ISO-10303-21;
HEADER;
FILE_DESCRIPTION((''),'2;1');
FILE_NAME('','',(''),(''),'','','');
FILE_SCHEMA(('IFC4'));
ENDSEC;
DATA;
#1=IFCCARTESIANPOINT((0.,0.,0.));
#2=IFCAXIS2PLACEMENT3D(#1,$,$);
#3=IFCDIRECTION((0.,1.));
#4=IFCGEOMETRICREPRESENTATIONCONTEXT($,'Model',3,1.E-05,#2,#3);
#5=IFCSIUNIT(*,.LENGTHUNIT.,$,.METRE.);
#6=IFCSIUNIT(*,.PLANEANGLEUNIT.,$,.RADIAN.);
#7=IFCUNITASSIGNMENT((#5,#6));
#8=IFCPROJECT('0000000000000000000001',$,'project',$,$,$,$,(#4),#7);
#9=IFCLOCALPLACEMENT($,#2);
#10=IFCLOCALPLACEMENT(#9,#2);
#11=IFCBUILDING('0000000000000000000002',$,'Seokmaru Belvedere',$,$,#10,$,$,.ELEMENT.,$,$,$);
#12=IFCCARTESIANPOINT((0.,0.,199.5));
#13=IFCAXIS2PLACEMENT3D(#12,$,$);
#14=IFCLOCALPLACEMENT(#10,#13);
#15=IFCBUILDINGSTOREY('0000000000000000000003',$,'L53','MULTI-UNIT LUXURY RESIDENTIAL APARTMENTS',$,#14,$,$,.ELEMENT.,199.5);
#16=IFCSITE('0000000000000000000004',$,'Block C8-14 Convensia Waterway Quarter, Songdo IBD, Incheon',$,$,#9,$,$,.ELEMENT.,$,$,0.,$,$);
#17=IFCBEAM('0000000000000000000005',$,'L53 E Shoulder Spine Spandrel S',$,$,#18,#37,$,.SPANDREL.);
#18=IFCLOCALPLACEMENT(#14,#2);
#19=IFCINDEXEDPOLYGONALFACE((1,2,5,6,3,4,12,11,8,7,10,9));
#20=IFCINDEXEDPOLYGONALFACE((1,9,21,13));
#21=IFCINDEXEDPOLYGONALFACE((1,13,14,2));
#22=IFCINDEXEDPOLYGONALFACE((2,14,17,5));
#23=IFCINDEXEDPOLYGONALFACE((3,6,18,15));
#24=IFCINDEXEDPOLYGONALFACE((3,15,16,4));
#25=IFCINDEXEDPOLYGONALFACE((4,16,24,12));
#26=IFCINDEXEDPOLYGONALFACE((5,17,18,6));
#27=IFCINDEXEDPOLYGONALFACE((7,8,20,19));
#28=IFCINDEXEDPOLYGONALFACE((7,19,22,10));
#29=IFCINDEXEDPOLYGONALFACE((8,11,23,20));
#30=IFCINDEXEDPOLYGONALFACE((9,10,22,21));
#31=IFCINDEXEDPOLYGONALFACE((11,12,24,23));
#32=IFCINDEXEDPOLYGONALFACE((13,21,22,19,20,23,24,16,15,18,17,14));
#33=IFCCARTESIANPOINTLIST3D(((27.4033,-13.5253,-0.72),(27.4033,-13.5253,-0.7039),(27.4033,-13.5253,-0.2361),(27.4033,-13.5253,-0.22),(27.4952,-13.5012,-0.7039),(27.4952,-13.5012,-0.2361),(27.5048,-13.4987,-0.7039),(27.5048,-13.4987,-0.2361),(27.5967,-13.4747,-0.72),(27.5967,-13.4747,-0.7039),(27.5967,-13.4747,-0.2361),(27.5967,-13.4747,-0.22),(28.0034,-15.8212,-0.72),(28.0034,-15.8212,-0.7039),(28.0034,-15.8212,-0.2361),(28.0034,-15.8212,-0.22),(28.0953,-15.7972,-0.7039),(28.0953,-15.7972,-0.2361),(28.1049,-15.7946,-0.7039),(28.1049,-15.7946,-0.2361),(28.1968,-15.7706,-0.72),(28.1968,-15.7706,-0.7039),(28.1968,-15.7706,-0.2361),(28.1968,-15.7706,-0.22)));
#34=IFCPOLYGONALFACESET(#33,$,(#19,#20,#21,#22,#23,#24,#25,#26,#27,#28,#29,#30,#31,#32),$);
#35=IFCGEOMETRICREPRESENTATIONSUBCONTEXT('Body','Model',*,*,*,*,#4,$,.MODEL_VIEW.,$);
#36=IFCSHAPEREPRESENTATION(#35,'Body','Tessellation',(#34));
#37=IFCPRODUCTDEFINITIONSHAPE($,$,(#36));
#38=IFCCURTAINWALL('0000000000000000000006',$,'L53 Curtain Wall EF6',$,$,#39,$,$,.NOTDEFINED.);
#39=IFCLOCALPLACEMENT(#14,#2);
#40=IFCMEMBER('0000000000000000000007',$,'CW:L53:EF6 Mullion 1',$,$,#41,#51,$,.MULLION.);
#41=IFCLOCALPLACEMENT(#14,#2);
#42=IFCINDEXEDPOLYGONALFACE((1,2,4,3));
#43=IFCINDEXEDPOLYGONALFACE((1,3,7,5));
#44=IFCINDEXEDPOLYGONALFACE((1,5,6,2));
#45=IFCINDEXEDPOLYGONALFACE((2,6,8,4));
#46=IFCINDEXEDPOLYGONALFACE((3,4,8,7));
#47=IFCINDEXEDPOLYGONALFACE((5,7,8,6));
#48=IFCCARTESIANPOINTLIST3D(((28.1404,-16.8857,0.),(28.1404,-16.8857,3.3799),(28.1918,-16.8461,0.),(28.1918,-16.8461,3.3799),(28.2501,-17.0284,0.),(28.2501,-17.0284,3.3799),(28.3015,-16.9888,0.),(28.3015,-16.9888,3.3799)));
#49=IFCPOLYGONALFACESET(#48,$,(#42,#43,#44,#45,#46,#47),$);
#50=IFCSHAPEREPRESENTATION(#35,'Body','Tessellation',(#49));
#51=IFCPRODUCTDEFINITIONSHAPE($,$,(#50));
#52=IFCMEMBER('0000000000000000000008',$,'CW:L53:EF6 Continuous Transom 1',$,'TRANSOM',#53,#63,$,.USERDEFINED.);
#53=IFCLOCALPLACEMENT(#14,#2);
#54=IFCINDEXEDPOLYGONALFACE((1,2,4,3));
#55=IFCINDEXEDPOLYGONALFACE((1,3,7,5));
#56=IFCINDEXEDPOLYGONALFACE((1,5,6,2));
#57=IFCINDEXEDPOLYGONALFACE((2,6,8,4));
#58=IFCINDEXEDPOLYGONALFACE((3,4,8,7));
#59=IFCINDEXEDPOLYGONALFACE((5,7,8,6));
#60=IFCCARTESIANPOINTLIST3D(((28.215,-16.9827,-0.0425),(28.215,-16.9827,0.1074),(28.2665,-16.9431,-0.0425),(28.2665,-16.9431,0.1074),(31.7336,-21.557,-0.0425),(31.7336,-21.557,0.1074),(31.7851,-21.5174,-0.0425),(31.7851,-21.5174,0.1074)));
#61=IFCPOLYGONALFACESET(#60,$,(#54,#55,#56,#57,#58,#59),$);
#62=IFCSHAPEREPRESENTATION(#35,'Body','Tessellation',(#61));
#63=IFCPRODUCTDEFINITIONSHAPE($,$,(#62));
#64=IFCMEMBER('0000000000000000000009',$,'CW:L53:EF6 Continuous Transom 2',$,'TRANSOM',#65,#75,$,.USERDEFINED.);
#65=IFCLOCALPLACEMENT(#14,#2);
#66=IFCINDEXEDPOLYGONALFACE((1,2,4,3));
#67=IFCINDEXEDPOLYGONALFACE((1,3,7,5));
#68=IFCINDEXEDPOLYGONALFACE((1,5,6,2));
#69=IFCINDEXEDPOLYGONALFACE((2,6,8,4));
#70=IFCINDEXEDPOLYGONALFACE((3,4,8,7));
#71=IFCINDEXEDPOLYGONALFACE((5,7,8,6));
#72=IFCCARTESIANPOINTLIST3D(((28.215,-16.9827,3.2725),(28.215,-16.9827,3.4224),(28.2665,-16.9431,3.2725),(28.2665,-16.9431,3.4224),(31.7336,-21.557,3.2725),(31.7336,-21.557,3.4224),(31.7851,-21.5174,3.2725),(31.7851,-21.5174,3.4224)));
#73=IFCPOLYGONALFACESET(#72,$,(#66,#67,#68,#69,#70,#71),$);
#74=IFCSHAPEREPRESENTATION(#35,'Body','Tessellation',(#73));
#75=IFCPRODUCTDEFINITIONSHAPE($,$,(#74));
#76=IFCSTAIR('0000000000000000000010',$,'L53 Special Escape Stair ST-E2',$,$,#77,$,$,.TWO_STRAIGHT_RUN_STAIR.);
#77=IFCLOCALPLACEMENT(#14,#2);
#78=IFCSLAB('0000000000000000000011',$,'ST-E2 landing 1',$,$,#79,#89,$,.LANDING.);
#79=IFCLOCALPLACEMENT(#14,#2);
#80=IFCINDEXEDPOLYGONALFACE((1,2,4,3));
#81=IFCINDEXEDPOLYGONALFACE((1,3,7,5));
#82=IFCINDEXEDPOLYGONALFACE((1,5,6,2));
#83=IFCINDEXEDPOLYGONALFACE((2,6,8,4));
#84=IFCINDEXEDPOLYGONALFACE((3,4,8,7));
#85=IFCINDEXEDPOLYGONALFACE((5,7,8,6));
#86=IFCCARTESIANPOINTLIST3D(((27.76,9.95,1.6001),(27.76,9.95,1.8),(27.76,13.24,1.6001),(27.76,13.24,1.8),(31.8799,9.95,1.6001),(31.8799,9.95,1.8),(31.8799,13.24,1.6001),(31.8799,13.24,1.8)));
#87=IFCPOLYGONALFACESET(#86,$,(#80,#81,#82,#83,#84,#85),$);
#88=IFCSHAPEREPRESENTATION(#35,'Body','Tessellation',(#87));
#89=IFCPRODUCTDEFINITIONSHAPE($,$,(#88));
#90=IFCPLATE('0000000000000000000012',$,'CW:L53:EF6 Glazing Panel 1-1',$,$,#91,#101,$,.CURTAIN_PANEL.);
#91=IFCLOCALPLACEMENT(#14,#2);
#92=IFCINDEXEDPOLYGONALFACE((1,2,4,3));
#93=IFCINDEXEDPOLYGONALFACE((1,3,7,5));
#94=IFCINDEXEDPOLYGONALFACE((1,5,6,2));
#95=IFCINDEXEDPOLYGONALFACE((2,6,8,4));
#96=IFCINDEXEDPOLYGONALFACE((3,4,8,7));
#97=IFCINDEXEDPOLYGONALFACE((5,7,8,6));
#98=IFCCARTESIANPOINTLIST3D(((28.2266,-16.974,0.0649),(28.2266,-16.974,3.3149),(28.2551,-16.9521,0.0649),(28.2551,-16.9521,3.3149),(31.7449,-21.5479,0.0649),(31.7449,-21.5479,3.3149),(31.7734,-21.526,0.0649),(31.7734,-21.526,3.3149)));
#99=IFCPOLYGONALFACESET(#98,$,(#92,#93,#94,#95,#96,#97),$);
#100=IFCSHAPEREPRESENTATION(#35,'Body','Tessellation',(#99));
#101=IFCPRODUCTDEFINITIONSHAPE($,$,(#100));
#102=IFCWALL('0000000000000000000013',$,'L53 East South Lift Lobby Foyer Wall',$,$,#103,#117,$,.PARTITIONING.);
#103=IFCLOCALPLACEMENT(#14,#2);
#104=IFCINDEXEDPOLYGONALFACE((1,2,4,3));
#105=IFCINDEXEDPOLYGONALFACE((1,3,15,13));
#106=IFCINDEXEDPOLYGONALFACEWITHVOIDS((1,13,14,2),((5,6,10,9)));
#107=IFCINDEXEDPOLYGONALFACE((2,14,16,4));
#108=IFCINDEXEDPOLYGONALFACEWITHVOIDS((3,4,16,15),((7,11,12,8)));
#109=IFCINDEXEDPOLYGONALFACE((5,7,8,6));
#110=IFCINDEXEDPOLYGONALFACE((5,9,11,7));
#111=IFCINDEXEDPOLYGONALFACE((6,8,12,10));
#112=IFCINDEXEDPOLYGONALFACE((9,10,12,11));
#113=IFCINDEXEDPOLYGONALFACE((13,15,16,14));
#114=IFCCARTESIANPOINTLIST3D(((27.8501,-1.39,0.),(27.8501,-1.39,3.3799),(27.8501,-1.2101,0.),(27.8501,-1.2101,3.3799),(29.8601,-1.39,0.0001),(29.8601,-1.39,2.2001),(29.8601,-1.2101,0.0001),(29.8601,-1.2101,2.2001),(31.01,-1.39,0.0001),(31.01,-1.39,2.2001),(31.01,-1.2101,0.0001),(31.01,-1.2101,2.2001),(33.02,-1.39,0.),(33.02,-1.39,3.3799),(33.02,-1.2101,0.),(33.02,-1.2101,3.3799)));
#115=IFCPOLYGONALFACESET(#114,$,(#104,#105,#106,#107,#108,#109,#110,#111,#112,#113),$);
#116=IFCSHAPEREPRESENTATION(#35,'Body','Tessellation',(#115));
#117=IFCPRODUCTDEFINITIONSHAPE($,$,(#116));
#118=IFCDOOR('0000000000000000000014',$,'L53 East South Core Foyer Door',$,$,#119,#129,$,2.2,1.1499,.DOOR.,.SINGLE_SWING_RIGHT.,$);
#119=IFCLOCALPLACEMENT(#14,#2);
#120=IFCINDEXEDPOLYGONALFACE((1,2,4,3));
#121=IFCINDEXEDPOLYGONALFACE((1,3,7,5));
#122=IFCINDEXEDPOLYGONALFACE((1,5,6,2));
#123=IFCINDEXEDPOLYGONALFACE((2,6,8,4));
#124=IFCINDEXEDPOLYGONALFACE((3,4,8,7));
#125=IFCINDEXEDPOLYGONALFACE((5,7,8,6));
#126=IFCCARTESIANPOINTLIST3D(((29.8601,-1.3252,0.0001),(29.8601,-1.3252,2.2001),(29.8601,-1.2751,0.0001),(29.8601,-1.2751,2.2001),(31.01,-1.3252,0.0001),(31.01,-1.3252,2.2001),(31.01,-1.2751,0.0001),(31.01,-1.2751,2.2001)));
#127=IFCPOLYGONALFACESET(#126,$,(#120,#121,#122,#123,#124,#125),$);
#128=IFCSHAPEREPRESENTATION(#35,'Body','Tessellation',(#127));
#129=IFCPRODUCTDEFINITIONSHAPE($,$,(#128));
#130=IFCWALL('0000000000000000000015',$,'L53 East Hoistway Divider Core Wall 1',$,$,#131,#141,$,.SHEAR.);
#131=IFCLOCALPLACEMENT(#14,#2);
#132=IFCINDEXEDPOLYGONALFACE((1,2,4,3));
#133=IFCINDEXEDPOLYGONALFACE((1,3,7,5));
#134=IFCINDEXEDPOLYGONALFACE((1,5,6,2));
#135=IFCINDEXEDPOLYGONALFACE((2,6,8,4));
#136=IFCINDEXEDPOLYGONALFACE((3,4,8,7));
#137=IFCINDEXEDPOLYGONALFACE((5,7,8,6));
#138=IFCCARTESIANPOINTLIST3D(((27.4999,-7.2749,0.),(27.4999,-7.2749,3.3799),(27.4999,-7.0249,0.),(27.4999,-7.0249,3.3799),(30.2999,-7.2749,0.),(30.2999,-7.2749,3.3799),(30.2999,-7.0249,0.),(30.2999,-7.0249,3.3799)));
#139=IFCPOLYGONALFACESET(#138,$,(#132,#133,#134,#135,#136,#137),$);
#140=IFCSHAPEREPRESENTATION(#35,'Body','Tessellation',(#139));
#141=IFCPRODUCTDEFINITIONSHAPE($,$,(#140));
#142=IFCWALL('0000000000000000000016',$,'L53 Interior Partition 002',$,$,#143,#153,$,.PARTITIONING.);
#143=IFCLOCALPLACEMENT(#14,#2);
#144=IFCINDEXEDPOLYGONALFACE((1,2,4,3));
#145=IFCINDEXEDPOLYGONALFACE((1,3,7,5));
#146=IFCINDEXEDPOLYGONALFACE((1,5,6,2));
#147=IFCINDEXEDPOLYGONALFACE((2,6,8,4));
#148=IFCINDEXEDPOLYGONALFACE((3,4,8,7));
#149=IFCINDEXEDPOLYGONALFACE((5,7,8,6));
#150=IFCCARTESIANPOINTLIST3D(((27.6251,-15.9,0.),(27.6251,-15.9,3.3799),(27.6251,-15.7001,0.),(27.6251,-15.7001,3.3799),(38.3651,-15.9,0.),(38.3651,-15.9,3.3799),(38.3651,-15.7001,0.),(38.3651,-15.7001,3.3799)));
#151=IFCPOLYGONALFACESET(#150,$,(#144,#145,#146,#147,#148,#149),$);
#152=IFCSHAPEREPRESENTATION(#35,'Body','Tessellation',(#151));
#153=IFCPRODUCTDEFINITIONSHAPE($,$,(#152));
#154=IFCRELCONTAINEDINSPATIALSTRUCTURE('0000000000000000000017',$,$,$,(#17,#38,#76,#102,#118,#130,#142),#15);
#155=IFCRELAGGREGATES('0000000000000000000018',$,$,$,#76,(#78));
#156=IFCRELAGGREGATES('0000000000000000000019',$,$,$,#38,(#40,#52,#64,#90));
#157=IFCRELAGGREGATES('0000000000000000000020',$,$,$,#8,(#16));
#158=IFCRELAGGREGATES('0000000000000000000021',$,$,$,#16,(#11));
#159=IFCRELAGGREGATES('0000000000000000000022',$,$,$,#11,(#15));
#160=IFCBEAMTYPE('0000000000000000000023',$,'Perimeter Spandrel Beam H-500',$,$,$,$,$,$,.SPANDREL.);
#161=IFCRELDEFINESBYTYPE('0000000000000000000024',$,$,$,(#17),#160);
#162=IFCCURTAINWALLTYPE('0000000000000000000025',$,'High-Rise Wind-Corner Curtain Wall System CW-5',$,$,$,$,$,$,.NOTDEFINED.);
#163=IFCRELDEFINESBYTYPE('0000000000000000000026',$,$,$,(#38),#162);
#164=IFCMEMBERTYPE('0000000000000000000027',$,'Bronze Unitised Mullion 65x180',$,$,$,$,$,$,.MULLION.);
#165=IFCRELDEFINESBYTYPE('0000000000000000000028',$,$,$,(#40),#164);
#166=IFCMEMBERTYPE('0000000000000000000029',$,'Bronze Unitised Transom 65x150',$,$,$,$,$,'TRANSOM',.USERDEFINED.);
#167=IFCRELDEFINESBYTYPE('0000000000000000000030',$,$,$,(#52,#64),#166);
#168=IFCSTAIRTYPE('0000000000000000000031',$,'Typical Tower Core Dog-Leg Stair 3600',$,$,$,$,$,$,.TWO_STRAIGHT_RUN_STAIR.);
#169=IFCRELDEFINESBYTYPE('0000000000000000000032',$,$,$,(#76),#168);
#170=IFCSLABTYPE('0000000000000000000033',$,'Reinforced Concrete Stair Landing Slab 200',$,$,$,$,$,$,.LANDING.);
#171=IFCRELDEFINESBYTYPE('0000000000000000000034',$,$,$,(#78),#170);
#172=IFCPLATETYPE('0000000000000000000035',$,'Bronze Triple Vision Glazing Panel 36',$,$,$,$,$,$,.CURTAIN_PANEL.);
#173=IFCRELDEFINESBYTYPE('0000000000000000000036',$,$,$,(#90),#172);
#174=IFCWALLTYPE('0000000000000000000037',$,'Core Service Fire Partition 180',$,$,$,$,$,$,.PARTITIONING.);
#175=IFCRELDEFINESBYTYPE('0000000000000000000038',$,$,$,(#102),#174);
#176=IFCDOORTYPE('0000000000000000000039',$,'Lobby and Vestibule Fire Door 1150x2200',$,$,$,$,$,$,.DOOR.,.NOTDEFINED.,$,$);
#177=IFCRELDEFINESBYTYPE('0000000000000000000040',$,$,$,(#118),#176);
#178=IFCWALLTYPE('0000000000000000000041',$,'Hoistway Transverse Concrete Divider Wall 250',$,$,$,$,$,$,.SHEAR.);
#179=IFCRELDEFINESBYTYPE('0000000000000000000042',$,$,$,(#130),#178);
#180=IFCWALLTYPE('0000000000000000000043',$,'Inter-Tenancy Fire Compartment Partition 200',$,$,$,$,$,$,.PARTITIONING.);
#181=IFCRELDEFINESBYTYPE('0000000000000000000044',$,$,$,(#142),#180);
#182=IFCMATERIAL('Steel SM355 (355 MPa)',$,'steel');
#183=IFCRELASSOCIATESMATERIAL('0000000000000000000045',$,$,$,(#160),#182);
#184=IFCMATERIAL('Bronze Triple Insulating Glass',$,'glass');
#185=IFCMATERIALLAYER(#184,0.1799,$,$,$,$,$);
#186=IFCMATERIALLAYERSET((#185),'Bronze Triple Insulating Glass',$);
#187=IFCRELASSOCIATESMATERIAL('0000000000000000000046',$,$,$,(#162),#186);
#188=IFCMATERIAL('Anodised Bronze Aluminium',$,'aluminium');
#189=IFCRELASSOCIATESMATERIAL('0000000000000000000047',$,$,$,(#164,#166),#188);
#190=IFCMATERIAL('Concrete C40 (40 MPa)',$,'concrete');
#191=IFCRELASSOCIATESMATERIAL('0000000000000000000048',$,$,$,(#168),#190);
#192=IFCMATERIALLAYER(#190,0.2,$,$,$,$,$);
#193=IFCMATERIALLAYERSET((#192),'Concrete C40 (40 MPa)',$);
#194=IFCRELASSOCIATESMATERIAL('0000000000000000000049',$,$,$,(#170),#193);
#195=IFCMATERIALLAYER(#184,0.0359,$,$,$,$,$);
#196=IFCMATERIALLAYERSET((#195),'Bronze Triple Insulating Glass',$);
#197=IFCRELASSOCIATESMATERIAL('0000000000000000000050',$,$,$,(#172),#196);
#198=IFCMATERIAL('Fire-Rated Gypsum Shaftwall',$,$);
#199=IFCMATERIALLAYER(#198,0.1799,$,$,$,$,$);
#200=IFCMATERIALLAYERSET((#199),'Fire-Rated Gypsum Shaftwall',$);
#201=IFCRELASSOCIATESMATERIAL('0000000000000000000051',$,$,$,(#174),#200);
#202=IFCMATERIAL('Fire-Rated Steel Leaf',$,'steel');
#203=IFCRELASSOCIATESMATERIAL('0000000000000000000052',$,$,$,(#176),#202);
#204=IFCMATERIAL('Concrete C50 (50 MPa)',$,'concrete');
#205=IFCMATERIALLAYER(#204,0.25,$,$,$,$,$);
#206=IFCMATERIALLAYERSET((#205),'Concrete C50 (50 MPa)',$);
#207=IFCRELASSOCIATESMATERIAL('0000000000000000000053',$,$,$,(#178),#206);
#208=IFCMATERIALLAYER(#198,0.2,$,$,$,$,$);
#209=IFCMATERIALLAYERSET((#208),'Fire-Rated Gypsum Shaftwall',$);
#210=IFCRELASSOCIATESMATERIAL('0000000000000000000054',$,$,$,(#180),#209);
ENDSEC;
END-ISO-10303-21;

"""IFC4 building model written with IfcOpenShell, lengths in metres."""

from ifc_helpers import new_model, si_unit, direction, frame, frame_2d, origin, origin_2d, place, context, subcontext, project, spatial, polyline, rectangle, i_section, outline, extrude, source, transform, mapped, material, layer, layer_set, material_profile, profile_set, type_object, type_shapes, element, fill, aggregate, save


model = new_model("IFC4")

# Units and contexts
model_context = context("Model", 3, precision=1e-05, world=origin(), true_north=direction((0.0, 1.0)))
body_context = subcontext(model_context, "Body", "Model", "MODEL_VIEW")
ifc_project = project(units=[si_unit("LENGTHUNIT", "METRE"), si_unit("PLANEANGLEUNIT", "RADIAN")], contexts=[model_context])

# Site, building, storey
site_placement = place(None, origin())
site = spatial("IfcSite", under=ifc_project, at=site_placement, Name="Block C8-14 Convensia Waterway Quarter, Songdo IBD, Incheon", CompositionType="ELEMENT", RefElevation=0.0)
building_placement = place(site_placement, origin())
building = spatial("IfcBuilding", under=site, at=building_placement, Name="Seokmaru Belvedere", CompositionType="ELEMENT")
storey_placement = place(building_placement, frame((0.0, 0.0, 199.5)))
storey = spatial("IfcBuildingStorey", under=building, at=storey_placement, Name="L53", Description="MULTI-UNIT LUXURY RESIDENTIAL APARTMENTS", CompositionType="ELEMENT", Elevation=199.5)

# Shared definitions
ifc_material_1 = material(Name="Steel SM355 (355 MPa)", Category="steel")

# Beam
ifc_material_profile_1 = material_profile(ifc_material_1, i_section(OverallWidth=0.2, OverallDepth=0.5, WebThickness=0.01, FlangeThickness=0.0161, at=origin_2d()), Name="H-500x200x10x16")
ifc_profile_set_1 = profile_set([ifc_material_profile_1], Name="Steel SM355 (355 MPa)")
beam_type_1 = type_object("IfcBeamType", Name="Perimeter Spandrel Beam H-500", PredefinedType="SPANDREL", material=ifc_profile_set_1)
shared_shape_1 = source(origin(), body_context, "Body", "SweptSolid", [
    extrude(i_section(OverallWidth=0.2, OverallDepth=0.5, WebThickness=0.01, FlangeThickness=0.0161, at=origin_2d()), origin(), (0.0, 0.0, 1.0), 2.373),
])
beam_1_placement = place(storey_placement, frame((28.1001, -15.7959, -0.47), z_axis=(-0.252883, 0.967497, 0.0), x_axis=(-0.967497, -0.252883, 0.0)))
element("IfcBeam", 1, at=beam_1_placement, inside=storey, type_object=beam_type_1, Name="L53 E Shoulder Spine Spandrel S", PredefinedType="SPANDREL", context=body_context, shape_type="MappedRepresentation", body=[
    mapped(shared_shape_1, transform((0.0, 0.0, 0.0), scale=1.0)),
])

# Curtain wall, members
ifc_material_2 = material(Name="Bronze Triple Insulating Glass", Category="glass")
ifc_layer_1 = layer(ifc_material_2, 0.1799)
ifc_layer_set_1 = layer_set([ifc_layer_1], Name="Bronze Triple Insulating Glass")
curtain_wall_type = type_object("IfcCurtainWallType", Name="High-Rise Wind-Corner Curtain Wall System CW-5", PredefinedType="NOTDEFINED", material=ifc_layer_set_1)
curtain_wall_placement = place(storey_placement, origin())
curtain_wall = element("IfcCurtainWall", 2, at=curtain_wall_placement, inside=storey, type_object=curtain_wall_type, Name="L53 Curtain Wall EF6", PredefinedType="NOTDEFINED")
ifc_material_3 = material(Name="Anodised Bronze Aluminium", Category="aluminium")
ifc_material_profile_2 = material_profile(ifc_material_3, rectangle(XDim=0.0649, YDim=0.1799, at=origin_2d()), Name="CW-M-65x180")
ifc_profile_set_2 = profile_set([ifc_material_profile_2], Name="Anodised Bronze Aluminium")
member_type_1 = type_object("IfcMemberType", Name="Bronze Unitised Mullion 65x180", PredefinedType="MULLION", material=ifc_profile_set_2)
shared_shape_2 = source(origin(), body_context, "Body", "SweptSolid", [
    extrude(rectangle(XDim=0.0649, YDim=0.1799, at=origin_2d()), origin(), (0.0, 0.0, 1.0), 3.3799),
])
type_shapes(member_type_1, [shared_shape_2])
member_1_placement = place(storey_placement, frame((28.2209, -16.9373, 0.0), z_axis=(0.0, 0.0, 1.0), x_axis=(0.792631, 0.609701, 0.0)))
member_1 = element("IfcMember", 3, at=member_1_placement, type_object=member_type_1, Name="CW:L53:EF6 Mullion 1", PredefinedType="MULLION", context=body_context, shape_type="MappedRepresentation", body=[
    mapped(shared_shape_2, transform((0.0, 0.0, 0.0), scale=1.0)),
])
ifc_material_profile_3 = material_profile(ifc_material_3, rectangle(XDim=0.0649, YDim=0.1499, at=origin_2d()), Name="CW-T-65x150")
ifc_profile_set_3 = profile_set([ifc_material_profile_3], Name="Anodised Bronze Aluminium")
member_type_2 = type_object("IfcMemberType", Name="Bronze Unitised Transom 65x150", ElementType="TRANSOM", PredefinedType="USERDEFINED", material=ifc_profile_set_3)
shared_shape_3 = source(origin(), body_context, "Body", "SweptSolid", [
    extrude(rectangle(XDim=0.0649, YDim=0.1499, at=origin_2d()), origin(), (0.0, 0.0, 1.0), 5.771),
])
type_shapes(member_type_2, [shared_shape_3])
member_2_placement = place(storey_placement, frame((28.2407, -16.9629, 0.0325), z_axis=(0.609703, -0.79263, 0.0), x_axis=(0.79263, 0.609703, 0.0)))
member_2 = element("IfcMember", 4, at=member_2_placement, type_object=member_type_2, Name="CW:L53:EF6 Continuous Transom 1", ObjectType="TRANSOM", PredefinedType="USERDEFINED", context=body_context, shape_type="MappedRepresentation", body=[
    mapped(shared_shape_3, transform((0.0, 0.0, 0.0), scale=1.0)),
])
member_3_placement = place(storey_placement, frame((28.2407, -16.9629, 3.3474), z_axis=(0.609703, -0.79263, 0.0), x_axis=(0.79263, 0.609703, 0.0)))
member_3 = element("IfcMember", 5, at=member_3_placement, type_object=member_type_2, Name="CW:L53:EF6 Continuous Transom 2", ObjectType="TRANSOM", PredefinedType="USERDEFINED", context=body_context, shape_type="MappedRepresentation", body=[
    mapped(shared_shape_3, transform((0.0, 0.0, 0.0), scale=1.0)),
])

# Stair, slab
ifc_material_4 = material(Name="Concrete C40 (40 MPa)", Category="concrete")
stair_type = type_object("IfcStairType", Name="Typical Tower Core Dog-Leg Stair 3600", PredefinedType="TWO_STRAIGHT_RUN_STAIR", material=ifc_material_4)
stair_placement = place(storey_placement, origin())
stair = element("IfcStair", 6, at=stair_placement, inside=storey, type_object=stair_type, Name="L53 Special Escape Stair ST-E2", PredefinedType="TWO_STRAIGHT_RUN_STAIR")
ifc_layer_2 = layer(ifc_material_4, 0.2)
ifc_layer_set_2 = layer_set([ifc_layer_2], Name="Concrete C40 (40 MPa)")
slab_type = type_object("IfcSlabType", Name="Reinforced Concrete Stair Landing Slab 200", PredefinedType="LANDING", material=ifc_layer_set_2)
slab_placement = place(storey_placement, frame((0.0, 0.0, 1.6001)))
slab = element("IfcSlab", 7, at=slab_placement, type_object=slab_type, Name="ST-E2 landing 1", PredefinedType="LANDING", context=body_context, shape_type="SweptSolid", body=[
    extrude(outline(polyline([(27.76, 9.95), (31.8799, 9.95), (31.8799, 13.24), (27.76, 13.24), (27.76, 9.95)])), origin(), (0.0, 0.0, 1.0), 0.2),
])
aggregate(stair, [slab])

# Plate
ifc_layer_3 = layer(ifc_material_2, 0.0359)
ifc_layer_set_3 = layer_set([ifc_layer_3], Name="Bronze Triple Insulating Glass")
plate_type = type_object("IfcPlateType", Name="Bronze Triple Vision Glazing Panel 36", PredefinedType="CURTAIN_PANEL", material=ifc_layer_set_3)
shared_shape_4 = source(origin(), body_context, "Body", "SweptSolid", [
    extrude(rectangle(XDim=5.7705, YDim=0.0359, at=origin_2d()), origin(), (0.0, 0.0, 1.0), 3.25),
])
type_shapes(plate_type, [shared_shape_4])
plate_placement = place(storey_placement, frame((30.0, -19.25, 0.0649), z_axis=(0.0, 0.0, 1.0), x_axis=(0.609701, -0.792631, 0.0)))
plate = element("IfcPlate", 8, at=plate_placement, type_object=plate_type, Name="CW:L53:EF6 Glazing Panel 1-1", PredefinedType="CURTAIN_PANEL", context=body_context, shape_type="MappedRepresentation", body=[
    mapped(shared_shape_4, transform((0.0, 0.0, 0.0), scale=1.0)),
])
aggregate(curtain_wall, [member_1, member_2, member_3, plate])

# Wall, opening, door
ifc_material_5 = material(Name="Fire-Rated Gypsum Shaftwall")
ifc_layer_4 = layer(ifc_material_5, 0.1799)
ifc_layer_set_4 = layer_set([ifc_layer_4], Name="Fire-Rated Gypsum Shaftwall")
wall_type_1 = type_object("IfcWallType", Name="Core Service Fire Partition 180", PredefinedType="PARTITIONING", material=ifc_layer_set_4)
wall_1_placement = place(storey_placement, frame((27.8501, -1.3, 0.0), z_axis=(0.0, 0.0, 1.0), x_axis=(1.0, 0.0, 0.0)))
wall_1 = element("IfcWall", 9, at=wall_1_placement, inside=storey, type_object=wall_type_1, Name="L53 East South Lift Lobby Foyer Wall", PredefinedType="PARTITIONING", context=body_context, shape_type="SweptSolid", body=[
    extrude(rectangle(XDim=5.1699, YDim=0.1799, at=frame_2d((2.585, 0.0))), origin(), (0.0, 0.0, 1.0), 3.3799),
])
opening_1_placement = place(wall_1_placement, frame((2.01, 0.0, 0.0)))
opening_1 = element("IfcOpeningElement", 10, at=opening_1_placement, cuts=wall_1, PredefinedType="OPENING", context=body_context, shape_type="SweptSolid", body=[
    extrude(rectangle(XDim=1.1499, YDim=2.2, at=frame_2d((0.575, 1.1001))), frame((0.0, 0.1001, 0.0), z_axis=(0.0, -1.0, 0.0), x_axis=(1.0, 0.0, 0.0)), (0.0, 0.0, 1.0), 0.2),
])
ifc_material_6 = material(Name="Fire-Rated Steel Leaf", Category="steel")
door_type_1 = type_object("IfcDoorType", Name="Lobby and Vestibule Fire Door 1150x2200", OperationType="NOTDEFINED", PredefinedType="DOOR", material=ifc_material_6)
shared_shape_5 = source(origin(), body_context, "Body", "SweptSolid", [
    extrude(rectangle(XDim=1.1499, YDim=2.2, at=frame_2d((0.575, 1.1001))), frame((0.0, 0.0249, 0.0), z_axis=(0.0, -1.0, 0.0), x_axis=(1.0, 0.0, 0.0)), (0.0, 0.0, 1.0), 0.05),
])
type_shapes(door_type_1, [shared_shape_5])
door_1_placement = place(opening_1_placement, origin())
door_1 = element("IfcDoor", 11, at=door_1_placement, inside=storey, type_object=door_type_1, Name="L53 East South Core Foyer Door", OperationType="SINGLE_SWING_RIGHT", OverallHeight=2.2, OverallWidth=1.1499, PredefinedType="DOOR", context=body_context, shape_type="MappedRepresentation", body=[
    mapped(shared_shape_5, transform((0.0, 0.0, 0.0), scale=1.0)),
])
fill(opening_1, door_1)

# Walls
ifc_material_7 = material(Name="Concrete C50 (50 MPa)", Category="concrete")
ifc_layer_5 = layer(ifc_material_7, 0.25)
ifc_layer_set_5 = layer_set([ifc_layer_5], Name="Concrete C50 (50 MPa)")
wall_type_2 = type_object("IfcWallType", Name="Hoistway Transverse Concrete Divider Wall 250", PredefinedType="SHEAR", material=ifc_layer_set_5)
wall_2_placement = place(storey_placement, frame((27.5, -7.1499, 0.0), z_axis=(0.0, 0.0, 1.0), x_axis=(1.0, 0.0, 0.0)))
element("IfcWall", 12, at=wall_2_placement, inside=storey, type_object=wall_type_2, Name="L53 East Hoistway Divider Core Wall 1", PredefinedType="SHEAR", context=body_context, shape_type="SweptSolid", body=[
    extrude(rectangle(XDim=2.8, YDim=0.25, at=frame_2d((1.3999, 0.0))), origin(), (0.0, 0.0, 1.0), 3.3799),
])
ifc_layer_6 = layer(ifc_material_5, 0.2)
ifc_layer_set_6 = layer_set([ifc_layer_6], Name="Fire-Rated Gypsum Shaftwall")
wall_type_3 = type_object("IfcWallType", Name="Inter-Tenancy Fire Compartment Partition 200", PredefinedType="PARTITIONING", material=ifc_layer_set_6)
wall_3_placement = place(storey_placement, frame((27.625, -15.8, 0.0), z_axis=(0.0, 0.0, 1.0), x_axis=(1.0, 0.0, 0.0)))
element("IfcWall", 13, at=wall_3_placement, inside=storey, type_object=wall_type_3, Name="L53 Interior Partition 002", PredefinedType="PARTITIONING", context=body_context, shape_type="SweptSolid", body=[
    extrude(rectangle(XDim=10.74, YDim=0.2, at=frame_2d((5.3701, 0.0))), origin(), (0.0, 0.0, 1.0), 3.3799),
])

save(model, "model.ifc")
